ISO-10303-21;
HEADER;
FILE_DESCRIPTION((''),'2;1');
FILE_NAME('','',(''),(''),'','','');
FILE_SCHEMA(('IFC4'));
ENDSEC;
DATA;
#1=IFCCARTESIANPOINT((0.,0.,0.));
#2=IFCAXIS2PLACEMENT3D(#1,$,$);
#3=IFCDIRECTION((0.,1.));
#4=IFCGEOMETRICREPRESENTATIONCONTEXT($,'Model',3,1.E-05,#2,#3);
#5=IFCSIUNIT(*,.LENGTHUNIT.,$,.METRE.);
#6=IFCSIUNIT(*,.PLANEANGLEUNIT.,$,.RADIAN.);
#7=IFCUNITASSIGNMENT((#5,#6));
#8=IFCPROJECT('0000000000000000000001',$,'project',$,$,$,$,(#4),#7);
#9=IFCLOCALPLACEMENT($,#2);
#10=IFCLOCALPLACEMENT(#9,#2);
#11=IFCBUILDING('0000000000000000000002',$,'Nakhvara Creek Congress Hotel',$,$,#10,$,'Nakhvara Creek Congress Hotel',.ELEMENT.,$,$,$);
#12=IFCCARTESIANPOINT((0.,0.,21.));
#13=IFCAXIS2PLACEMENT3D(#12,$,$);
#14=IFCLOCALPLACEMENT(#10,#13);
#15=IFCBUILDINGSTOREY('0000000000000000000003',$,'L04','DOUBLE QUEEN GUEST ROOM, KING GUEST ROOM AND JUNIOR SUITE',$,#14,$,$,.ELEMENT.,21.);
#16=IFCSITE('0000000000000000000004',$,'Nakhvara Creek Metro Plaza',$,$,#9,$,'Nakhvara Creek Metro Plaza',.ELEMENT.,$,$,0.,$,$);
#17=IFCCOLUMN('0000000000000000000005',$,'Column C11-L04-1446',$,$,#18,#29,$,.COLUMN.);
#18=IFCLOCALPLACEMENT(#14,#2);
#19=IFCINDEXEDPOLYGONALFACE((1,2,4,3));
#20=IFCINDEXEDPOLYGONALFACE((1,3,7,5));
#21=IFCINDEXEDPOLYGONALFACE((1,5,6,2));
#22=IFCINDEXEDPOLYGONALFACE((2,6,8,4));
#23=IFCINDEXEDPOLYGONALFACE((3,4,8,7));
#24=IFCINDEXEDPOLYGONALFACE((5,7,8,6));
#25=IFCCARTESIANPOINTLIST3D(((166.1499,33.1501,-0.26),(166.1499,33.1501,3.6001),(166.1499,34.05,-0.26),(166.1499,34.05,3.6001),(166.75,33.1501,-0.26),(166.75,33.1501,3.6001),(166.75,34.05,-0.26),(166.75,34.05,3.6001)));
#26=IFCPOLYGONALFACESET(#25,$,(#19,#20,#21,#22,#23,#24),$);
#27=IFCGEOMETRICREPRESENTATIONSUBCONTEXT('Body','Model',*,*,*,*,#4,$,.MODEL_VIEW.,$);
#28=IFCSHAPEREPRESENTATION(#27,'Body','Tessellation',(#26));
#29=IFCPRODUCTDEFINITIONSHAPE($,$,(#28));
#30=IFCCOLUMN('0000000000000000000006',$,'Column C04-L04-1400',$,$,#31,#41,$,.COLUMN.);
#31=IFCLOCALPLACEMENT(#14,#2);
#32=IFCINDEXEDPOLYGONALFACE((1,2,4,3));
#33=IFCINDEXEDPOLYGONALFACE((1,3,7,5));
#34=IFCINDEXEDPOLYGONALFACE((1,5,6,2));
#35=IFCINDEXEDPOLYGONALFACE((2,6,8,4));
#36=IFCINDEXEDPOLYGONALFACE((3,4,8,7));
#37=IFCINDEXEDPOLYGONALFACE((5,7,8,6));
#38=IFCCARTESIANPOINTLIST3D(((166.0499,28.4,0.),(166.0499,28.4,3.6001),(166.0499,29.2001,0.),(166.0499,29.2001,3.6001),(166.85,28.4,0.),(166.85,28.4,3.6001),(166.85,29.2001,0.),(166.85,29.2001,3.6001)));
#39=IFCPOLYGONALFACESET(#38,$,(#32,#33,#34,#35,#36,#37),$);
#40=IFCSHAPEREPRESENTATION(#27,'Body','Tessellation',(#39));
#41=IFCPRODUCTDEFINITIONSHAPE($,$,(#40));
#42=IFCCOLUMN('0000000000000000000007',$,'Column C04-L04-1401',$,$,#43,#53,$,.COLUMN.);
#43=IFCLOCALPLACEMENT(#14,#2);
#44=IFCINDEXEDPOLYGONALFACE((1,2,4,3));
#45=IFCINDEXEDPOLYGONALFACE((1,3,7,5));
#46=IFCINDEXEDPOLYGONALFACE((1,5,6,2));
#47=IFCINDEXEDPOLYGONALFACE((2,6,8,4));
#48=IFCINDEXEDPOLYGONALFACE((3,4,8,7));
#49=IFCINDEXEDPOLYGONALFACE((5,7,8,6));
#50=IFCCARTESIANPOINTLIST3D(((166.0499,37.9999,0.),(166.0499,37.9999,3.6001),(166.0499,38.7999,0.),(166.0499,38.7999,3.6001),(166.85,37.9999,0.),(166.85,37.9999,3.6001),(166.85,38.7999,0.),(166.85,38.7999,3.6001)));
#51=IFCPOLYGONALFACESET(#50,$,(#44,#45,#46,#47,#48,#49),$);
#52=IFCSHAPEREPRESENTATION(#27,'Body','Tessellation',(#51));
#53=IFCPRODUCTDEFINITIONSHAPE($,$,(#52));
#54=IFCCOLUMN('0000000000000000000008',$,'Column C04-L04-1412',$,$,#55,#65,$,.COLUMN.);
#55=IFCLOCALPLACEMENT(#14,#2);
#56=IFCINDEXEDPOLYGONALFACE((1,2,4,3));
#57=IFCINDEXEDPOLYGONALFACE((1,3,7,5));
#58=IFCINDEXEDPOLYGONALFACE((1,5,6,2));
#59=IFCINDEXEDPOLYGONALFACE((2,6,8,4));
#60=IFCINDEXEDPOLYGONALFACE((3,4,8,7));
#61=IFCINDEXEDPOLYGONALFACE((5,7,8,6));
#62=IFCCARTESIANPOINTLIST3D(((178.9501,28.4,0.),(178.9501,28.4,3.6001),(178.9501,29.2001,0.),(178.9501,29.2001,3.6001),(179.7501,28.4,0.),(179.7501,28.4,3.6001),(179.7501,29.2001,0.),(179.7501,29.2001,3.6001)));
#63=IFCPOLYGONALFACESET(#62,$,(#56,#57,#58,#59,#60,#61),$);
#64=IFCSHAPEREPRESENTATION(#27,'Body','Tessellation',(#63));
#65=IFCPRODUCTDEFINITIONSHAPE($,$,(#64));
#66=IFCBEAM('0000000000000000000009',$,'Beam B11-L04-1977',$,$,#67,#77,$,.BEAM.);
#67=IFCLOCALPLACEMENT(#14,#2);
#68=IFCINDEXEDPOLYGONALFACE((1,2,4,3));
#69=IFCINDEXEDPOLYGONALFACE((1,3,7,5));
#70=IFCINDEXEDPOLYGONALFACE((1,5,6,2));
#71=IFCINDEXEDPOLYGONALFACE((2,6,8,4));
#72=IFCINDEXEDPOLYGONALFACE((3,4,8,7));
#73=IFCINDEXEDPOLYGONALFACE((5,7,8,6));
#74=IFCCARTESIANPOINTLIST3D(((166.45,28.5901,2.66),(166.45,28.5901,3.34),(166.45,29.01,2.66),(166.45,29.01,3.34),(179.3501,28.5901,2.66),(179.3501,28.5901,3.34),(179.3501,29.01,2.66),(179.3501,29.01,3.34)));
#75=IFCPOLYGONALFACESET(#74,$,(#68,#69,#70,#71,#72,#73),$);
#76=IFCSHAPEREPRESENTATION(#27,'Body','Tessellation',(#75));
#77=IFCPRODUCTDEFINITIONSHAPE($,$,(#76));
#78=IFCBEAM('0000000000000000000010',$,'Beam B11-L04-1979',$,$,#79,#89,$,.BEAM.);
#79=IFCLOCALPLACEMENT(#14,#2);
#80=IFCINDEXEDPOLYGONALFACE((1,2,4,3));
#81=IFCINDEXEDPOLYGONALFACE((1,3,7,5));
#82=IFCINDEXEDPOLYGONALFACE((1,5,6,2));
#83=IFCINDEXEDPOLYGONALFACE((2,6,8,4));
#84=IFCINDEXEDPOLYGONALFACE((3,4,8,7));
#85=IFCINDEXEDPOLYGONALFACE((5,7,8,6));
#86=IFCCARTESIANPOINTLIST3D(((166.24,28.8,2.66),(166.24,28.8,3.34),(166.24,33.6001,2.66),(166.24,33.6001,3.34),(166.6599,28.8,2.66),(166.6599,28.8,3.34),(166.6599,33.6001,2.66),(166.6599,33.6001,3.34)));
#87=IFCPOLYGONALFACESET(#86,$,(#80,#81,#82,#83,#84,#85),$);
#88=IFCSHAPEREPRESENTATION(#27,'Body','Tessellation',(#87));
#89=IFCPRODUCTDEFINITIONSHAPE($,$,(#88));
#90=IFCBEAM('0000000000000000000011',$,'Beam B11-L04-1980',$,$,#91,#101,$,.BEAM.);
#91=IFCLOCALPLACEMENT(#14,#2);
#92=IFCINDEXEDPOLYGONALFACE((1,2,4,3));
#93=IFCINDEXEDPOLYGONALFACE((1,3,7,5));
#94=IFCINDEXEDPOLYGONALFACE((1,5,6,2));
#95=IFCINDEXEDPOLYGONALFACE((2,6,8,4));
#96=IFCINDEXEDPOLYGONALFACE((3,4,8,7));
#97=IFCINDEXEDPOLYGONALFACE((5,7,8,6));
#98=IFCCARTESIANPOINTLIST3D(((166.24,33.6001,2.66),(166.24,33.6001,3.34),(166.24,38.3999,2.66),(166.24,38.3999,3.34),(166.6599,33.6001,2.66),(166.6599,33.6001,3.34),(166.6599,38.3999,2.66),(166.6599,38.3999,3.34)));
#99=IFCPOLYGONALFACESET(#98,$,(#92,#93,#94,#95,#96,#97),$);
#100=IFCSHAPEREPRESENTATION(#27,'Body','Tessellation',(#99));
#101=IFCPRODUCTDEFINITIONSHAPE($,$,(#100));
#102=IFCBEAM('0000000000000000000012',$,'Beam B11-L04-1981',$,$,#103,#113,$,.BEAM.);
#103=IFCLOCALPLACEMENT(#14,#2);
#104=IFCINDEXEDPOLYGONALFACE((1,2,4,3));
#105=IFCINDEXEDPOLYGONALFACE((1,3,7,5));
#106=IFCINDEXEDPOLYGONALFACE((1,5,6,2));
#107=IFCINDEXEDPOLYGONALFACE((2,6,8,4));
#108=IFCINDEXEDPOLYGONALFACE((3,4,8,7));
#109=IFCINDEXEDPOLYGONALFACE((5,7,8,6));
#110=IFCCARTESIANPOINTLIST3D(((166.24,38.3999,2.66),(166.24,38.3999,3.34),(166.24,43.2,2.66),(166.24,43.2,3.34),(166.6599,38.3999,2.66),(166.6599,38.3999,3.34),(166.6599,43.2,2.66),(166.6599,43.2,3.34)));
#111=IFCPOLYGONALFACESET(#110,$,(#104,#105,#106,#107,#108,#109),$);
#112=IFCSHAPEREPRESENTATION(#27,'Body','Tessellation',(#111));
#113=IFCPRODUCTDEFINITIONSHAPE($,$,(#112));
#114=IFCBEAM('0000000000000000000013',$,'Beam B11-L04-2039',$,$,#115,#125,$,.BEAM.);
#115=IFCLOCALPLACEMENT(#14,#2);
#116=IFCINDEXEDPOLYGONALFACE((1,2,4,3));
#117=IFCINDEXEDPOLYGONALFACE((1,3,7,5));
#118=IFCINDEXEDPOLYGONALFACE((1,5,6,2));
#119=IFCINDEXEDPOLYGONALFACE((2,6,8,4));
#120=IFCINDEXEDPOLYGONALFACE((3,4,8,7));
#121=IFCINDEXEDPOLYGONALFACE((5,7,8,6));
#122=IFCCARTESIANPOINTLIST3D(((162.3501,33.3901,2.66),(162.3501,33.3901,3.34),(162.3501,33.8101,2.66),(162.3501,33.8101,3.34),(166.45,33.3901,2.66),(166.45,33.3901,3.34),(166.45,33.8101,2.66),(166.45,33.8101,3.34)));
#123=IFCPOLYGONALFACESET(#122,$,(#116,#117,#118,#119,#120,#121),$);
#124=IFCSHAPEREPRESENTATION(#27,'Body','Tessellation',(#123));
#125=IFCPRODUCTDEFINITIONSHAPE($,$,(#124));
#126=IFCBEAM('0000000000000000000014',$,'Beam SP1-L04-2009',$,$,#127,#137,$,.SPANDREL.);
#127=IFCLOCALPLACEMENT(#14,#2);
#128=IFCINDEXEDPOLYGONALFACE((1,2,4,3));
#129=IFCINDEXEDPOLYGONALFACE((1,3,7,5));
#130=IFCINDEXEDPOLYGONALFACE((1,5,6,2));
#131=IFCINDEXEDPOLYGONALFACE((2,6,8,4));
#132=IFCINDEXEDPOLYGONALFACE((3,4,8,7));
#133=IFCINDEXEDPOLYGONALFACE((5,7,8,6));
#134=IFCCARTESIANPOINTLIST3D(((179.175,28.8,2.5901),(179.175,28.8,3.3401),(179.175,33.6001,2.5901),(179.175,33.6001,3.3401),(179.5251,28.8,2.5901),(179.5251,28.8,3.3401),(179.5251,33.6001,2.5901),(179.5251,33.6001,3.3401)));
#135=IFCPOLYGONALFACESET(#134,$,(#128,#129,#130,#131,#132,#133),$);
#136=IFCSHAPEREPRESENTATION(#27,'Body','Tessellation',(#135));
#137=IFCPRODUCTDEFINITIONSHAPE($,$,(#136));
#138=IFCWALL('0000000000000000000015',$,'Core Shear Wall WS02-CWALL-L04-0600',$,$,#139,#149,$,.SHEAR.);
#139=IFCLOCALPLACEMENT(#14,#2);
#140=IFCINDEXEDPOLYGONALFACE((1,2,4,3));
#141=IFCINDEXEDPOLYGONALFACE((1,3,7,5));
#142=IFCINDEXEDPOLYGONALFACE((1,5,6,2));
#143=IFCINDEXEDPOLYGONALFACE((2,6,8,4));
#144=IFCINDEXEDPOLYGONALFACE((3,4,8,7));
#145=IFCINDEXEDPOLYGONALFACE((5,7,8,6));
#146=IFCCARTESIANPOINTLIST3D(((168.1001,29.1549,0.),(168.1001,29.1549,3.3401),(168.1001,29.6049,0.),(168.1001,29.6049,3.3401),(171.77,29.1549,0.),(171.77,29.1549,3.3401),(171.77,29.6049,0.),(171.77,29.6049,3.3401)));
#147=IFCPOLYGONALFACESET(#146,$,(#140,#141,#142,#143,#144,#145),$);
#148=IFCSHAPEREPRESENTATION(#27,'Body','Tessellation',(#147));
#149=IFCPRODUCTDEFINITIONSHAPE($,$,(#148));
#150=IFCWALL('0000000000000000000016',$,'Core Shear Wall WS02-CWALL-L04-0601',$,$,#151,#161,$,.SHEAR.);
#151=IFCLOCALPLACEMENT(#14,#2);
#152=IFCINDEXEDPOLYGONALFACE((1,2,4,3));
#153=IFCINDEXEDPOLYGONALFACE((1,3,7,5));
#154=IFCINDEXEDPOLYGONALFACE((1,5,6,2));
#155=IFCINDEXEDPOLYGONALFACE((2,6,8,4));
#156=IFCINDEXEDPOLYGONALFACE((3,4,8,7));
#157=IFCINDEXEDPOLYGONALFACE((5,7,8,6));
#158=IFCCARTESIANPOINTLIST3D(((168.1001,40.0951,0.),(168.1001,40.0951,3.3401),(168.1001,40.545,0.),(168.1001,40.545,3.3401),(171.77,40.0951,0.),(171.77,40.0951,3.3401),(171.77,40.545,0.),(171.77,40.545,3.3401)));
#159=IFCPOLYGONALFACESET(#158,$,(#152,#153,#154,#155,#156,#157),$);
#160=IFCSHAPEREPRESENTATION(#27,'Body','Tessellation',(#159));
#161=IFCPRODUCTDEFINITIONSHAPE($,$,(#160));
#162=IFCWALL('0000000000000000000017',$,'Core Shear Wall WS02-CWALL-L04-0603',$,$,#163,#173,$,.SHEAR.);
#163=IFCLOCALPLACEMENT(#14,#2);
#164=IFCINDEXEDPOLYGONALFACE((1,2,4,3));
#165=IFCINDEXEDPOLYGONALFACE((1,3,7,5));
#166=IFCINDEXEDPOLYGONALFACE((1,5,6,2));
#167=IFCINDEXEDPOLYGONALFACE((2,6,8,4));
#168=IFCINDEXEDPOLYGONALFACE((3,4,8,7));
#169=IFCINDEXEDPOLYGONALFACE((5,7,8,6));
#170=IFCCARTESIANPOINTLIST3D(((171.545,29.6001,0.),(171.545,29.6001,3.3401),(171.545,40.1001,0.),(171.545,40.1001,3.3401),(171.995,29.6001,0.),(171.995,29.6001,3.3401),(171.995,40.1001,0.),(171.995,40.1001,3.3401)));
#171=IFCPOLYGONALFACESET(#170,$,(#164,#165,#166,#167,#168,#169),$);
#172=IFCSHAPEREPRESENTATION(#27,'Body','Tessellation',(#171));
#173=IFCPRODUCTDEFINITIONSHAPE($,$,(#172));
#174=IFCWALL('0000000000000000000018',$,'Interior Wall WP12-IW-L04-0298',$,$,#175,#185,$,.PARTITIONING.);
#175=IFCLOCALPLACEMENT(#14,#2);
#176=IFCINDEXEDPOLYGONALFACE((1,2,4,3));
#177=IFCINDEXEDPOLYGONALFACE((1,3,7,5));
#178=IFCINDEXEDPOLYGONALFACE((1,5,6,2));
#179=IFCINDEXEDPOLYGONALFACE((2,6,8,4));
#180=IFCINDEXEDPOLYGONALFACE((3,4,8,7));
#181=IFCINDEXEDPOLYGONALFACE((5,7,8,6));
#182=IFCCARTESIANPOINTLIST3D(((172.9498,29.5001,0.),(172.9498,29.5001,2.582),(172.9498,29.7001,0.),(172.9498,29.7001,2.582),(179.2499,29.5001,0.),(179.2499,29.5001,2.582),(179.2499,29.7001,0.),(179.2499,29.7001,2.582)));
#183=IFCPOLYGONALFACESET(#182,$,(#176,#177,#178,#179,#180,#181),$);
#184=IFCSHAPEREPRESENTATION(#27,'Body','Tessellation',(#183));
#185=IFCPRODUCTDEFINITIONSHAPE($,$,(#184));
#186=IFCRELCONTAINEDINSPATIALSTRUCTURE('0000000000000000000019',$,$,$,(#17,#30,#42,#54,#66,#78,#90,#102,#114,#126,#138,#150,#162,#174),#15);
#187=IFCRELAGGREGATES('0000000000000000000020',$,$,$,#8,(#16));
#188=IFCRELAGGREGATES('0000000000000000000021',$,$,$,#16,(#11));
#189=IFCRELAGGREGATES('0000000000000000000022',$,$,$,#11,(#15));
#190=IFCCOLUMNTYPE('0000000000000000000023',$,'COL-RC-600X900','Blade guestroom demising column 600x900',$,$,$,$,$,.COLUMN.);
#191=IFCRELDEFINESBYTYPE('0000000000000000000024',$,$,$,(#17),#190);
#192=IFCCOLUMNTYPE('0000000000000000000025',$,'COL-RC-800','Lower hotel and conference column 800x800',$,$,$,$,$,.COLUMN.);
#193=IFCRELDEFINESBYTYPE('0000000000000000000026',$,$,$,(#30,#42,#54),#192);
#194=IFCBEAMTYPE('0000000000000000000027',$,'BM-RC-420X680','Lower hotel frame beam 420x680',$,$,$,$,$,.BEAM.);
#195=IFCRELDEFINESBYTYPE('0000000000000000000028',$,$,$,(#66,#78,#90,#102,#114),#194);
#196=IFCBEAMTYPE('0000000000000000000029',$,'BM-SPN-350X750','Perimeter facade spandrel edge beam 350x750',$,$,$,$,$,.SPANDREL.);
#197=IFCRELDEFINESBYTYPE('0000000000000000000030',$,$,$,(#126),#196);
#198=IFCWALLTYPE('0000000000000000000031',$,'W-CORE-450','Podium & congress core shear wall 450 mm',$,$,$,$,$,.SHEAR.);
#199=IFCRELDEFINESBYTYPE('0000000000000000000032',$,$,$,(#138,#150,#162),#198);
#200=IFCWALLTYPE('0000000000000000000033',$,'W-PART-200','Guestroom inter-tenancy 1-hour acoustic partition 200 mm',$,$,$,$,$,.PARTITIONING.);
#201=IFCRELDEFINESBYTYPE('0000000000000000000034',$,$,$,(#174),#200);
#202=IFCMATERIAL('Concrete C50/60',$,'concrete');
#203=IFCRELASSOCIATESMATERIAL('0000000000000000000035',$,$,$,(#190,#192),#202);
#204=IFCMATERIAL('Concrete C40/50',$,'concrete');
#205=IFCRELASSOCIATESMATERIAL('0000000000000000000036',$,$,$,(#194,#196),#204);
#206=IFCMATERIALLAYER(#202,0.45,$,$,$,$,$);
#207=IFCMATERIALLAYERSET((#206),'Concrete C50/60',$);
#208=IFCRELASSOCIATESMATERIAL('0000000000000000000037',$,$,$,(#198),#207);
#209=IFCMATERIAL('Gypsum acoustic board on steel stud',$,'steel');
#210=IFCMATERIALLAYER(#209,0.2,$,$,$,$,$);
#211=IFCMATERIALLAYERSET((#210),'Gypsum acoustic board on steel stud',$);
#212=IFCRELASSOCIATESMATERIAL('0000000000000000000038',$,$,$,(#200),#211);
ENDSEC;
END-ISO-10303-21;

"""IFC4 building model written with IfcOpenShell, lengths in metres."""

from ifc_helpers import new_model, si_unit, direction, frame, frame_2d, origin, origin_2d, place, context, subcontext, project, spatial, rectangle, extrude, material, layer, layer_set, material_profile, profile_set, type_object, element, save


model = new_model("IFC4")

# Units and contexts
model_context = context("Model", 3, precision=1e-05, world=origin(), true_north=direction((0.0, 1.0)))
body_context = subcontext(model_context, "Body", "Model", "MODEL_VIEW")
ifc_project = project(units=[si_unit("LENGTHUNIT", "METRE"), si_unit("PLANEANGLEUNIT", "RADIAN")], contexts=[model_context])

# Site, building, storey
site_placement = place(None, origin())
site = spatial("IfcSite", under=ifc_project, at=site_placement, Name="Nakhvara Creek Metro Plaza", LongName="Nakhvara Creek Metro Plaza", CompositionType="ELEMENT", RefElevation=0.0)
building_placement = place(site_placement, origin())
building = spatial("IfcBuilding", under=site, at=building_placement, Name="Nakhvara Creek Congress Hotel", LongName="Nakhvara Creek Congress Hotel", CompositionType="ELEMENT")
storey_placement = place(building_placement, frame((0.0, 0.0, 21.0)))
storey = spatial("IfcBuildingStorey", under=building, at=storey_placement, Name="L04", Description="DOUBLE QUEEN GUEST ROOM, KING GUEST ROOM AND JUNIOR SUITE", CompositionType="ELEMENT", Elevation=21.0)

# Columns
ifc_material_1 = material(Name="Concrete C50/60", Category="concrete")
ifc_material_profile_1 = material_profile(ifc_material_1, rectangle(XDim=0.6001, YDim=0.8999, at=origin_2d()), Name="RC-COL 600x900", Category="LoadBearing")
ifc_profile_set_1 = profile_set([ifc_material_profile_1], Name="Concrete C50/60")
column_type_1 = type_object("IfcColumnType", Name="COL-RC-600X900", Description="Blade guestroom demising column 600x900", PredefinedType="COLUMN", material=ifc_profile_set_1)
column_placement = place(storey_placement, frame((166.45, 33.6001, -0.26), z_axis=(0.0, 0.0, 1.0), x_axis=(1.0, 0.0, 0.0)))
element("IfcColumn", 1, at=column_placement, inside=storey, type_object=column_type_1, Name="Column C11-L04-1446", PredefinedType="COLUMN", context=body_context, shape_type="SweptSolid", body=[
    extrude(rectangle(XDim=0.6001, YDim=0.8999, at=origin_2d()), origin(), (0.0, 0.0, 1.0), 3.8601),
])
ifc_material_profile_2 = material_profile(ifc_material_1, rectangle(XDim=0.8, YDim=0.8, at=origin_2d()), Name="RC-COL 800x800", Category="LoadBearing")
ifc_profile_set_2 = profile_set([ifc_material_profile_2], Name="Concrete C50/60")
column_type_2 = type_object("IfcColumnType", Name="COL-RC-800", Description="Lower hotel and conference column 800x800", PredefinedType="COLUMN", material=ifc_profile_set_2)
for number, where, z_axis, x_axis, name in (
    (2, (166.45, 28.8, 0.0), (0.0, 0.0, 1.0), (1.0, 0.0, 0.0), "Column C04-L04-1400"),
    (3, (166.45, 38.3999, 0.0), (0.0, 0.0, 1.0), (1.0, 0.0, 0.0), "Column C04-L04-1401"),
    (4, (179.3501, 28.8, 0.0), (0.0, 0.0, 1.0), (1.0, 0.0, 0.0), "Column C04-L04-1412"),
):
    element("IfcColumn", number, at=place(storey_placement, frame(where, z_axis=z_axis, x_axis=x_axis)), inside=storey, type_object=column_type_2, Name=name, PredefinedType="COLUMN", context=body_context, shape_type="SweptSolid", body=[
        extrude(rectangle(XDim=0.8, YDim=0.8, at=origin_2d()), origin(), (0.0, 0.0, 1.0), 3.6001),
    ])

# Beams
ifc_material_2 = material(Name="Concrete C40/50", Category="concrete")
ifc_material_profile_3 = material_profile(ifc_material_2, rectangle(XDim=0.4199, YDim=0.6799, at=origin_2d()), Name="RC-BM 420x680", Category="LoadBearing")
ifc_profile_set_3 = profile_set([ifc_material_profile_3], Name="Concrete C40/50")
beam_type_1 = type_object("IfcBeamType", Name="BM-RC-420X680", Description="Lower hotel frame beam 420x680", PredefinedType="BEAM", material=ifc_profile_set_3)
beam_1_placement = place(storey_placement, frame((166.45, 28.8, 3.0), z_axis=(1.0, 0.0, 0.0), x_axis=(0.0, 1.0, 0.0)))
element("IfcBeam", 5, at=beam_1_placement, inside=storey, type_object=beam_type_1, Name="Beam B11-L04-1977", PredefinedType="BEAM", context=body_context, shape_type="SweptSolid", body=[
    extrude(rectangle(XDim=0.4199, YDim=0.6799, at=origin_2d()), origin(), (0.0, 0.0, 1.0), 12.9001),
])
beam_2_placement = place(storey_placement, frame((166.45, 28.8, 3.0), z_axis=(0.0, 1.0, 0.0), x_axis=(-1.0, 0.0, 0.0)))
element("IfcBeam", 6, at=beam_2_placement, inside=storey, type_object=beam_type_1, Name="Beam B11-L04-1979", PredefinedType="BEAM", context=body_context, shape_type="SweptSolid", body=[
    extrude(rectangle(XDim=0.4199, YDim=0.6799, at=origin_2d()), origin(), (0.0, 0.0, 1.0), 4.8),
])
beam_3_placement = place(storey_placement, frame((166.45, 33.6001, 3.0), z_axis=(0.0, 1.0, 0.0), x_axis=(-1.0, 0.0, 0.0)))
element("IfcBeam", 7, at=beam_3_placement, inside=storey, type_object=beam_type_1, Name="Beam B11-L04-1980", PredefinedType="BEAM", context=body_context, shape_type="SweptSolid", body=[
    extrude(rectangle(XDim=0.4199, YDim=0.6799, at=origin_2d()), origin(), (0.0, 0.0, 1.0), 4.7998),
])
beam_4_placement = place(storey_placement, frame((166.45, 38.3999, 3.0), z_axis=(0.0, 1.0, 0.0), x_axis=(-1.0, 0.0, 0.0)))
element("IfcBeam", 8, at=beam_4_placement, inside=storey, type_object=beam_type_1, Name="Beam B11-L04-1981", PredefinedType="BEAM", context=body_context, shape_type="SweptSolid", body=[
    extrude(rectangle(XDim=0.4199, YDim=0.6799, at=origin_2d()), origin(), (0.0, 0.0, 1.0), 4.8),
])
beam_5_placement = place(storey_placement, frame((162.3501, 33.6001, 3.0), z_axis=(1.0, 0.0, 0.0), x_axis=(0.0, 1.0, 0.0)))
element("IfcBeam", 9, at=beam_5_placement, inside=storey, type_object=beam_type_1, Name="Beam B11-L04-2039", PredefinedType="BEAM", context=body_context, shape_type="SweptSolid", body=[
    extrude(rectangle(XDim=0.4199, YDim=0.6799, at=origin_2d()), origin(), (0.0, 0.0, 1.0), 4.0999),
])
ifc_material_profile_4 = material_profile(ifc_material_2, rectangle(XDim=0.3501, YDim=0.75, at=origin_2d()), Name="RC-SPANDREL 350x750", Category="LoadBearing")
ifc_profile_set_4 = profile_set([ifc_material_profile_4], Name="Concrete C40/50")
beam_type_2 = type_object("IfcBeamType", Name="BM-SPN-350X750", Description="Perimeter facade spandrel edge beam 350x750", PredefinedType="SPANDREL", material=ifc_profile_set_4)
beam_6_placement = place(storey_placement, frame((179.3501, 28.8, 2.9651), z_axis=(0.0, 1.0, 0.0), x_axis=(-1.0, 0.0, 0.0)))
element("IfcBeam", 10, at=beam_6_placement, inside=storey, type_object=beam_type_2, Name="Beam SP1-L04-2009", PredefinedType="SPANDREL", context=body_context, shape_type="SweptSolid", body=[
    extrude(rectangle(XDim=0.3501, YDim=0.75, at=origin_2d()), origin(), (0.0, 0.0, 1.0), 4.8),
])

# Walls
ifc_layer_1 = layer(ifc_material_1, 0.45)
ifc_layer_set_1 = layer_set([ifc_layer_1], Name="Concrete C50/60")
wall_type_1 = type_object("IfcWallType", Name="W-CORE-450", Description="Podium & congress core shear wall 450 mm", PredefinedType="SHEAR", material=ifc_layer_set_1)
for number, where, z_axis, x_axis, name in (
    (11, (168.1001, 29.3799, 0.0), (0.0, 0.0, 1.0), (1.0, 0.0, 0.0), "Core Shear Wall WS02-CWALL-L04-0600"),
    (12, (168.1001, 40.3201, 0.0), (0.0, 0.0, 1.0), (1.0, 0.0, 0.0), "Core Shear Wall WS02-CWALL-L04-0601"),
):
    element("IfcWall", number, at=place(storey_placement, frame(where, z_axis=z_axis, x_axis=x_axis)), inside=storey, type_object=wall_type_1, Name=name, PredefinedType="SHEAR", context=body_context, shape_type="SweptSolid", body=[
        extrude(rectangle(XDim=3.6699, YDim=0.45, at=frame_2d((1.835, 0.0))), origin(), (0.0, 0.0, 1.0), 3.3401),
    ])

# Walls
wall_1_placement = place(storey_placement, frame((171.77, 29.6001, 0.0), z_axis=(0.0, 0.0, 1.0), x_axis=(0.0, 1.0, 0.0)))
element("IfcWall", 13, at=wall_1_placement, inside=storey, type_object=wall_type_1, Name="Core Shear Wall WS02-CWALL-L04-0603", PredefinedType="SHEAR", context=body_context, shape_type="SweptSolid", body=[
    extrude(rectangle(XDim=10.5, YDim=0.45, at=frame_2d((5.25, 0.0))), origin(), (0.0, 0.0, 1.0), 3.3401),
])
ifc_material_3 = material(Name="Gypsum acoustic board on steel stud", Category="steel")
ifc_layer_2 = layer(ifc_material_3, 0.2)
ifc_layer_set_2 = layer_set([ifc_layer_2], Name="Gypsum acoustic board on steel stud")
wall_type_2 = type_object("IfcWallType", Name="W-PART-200", Description="Guestroom inter-tenancy 1-hour acoustic partition 200 mm", PredefinedType="PARTITIONING", material=ifc_layer_set_2)
wall_2_placement = place(storey_placement, frame((172.95, 29.6001, 0.0), z_axis=(0.0, 0.0, 1.0), x_axis=(1.0, 0.0, 0.0)))
element("IfcWall", 14, at=wall_2_placement, inside=storey, type_object=wall_type_2, Name="Interior Wall WP12-IW-L04-0298", PredefinedType="PARTITIONING", context=body_context, shape_type="SweptSolid", body=[
    extrude(rectangle(XDim=6.3, YDim=0.2, at=frame_2d((3.1499, 0.0))), origin(), (0.0, 0.0, 1.0), 2.582),
])

save(model, "model.ifc")
